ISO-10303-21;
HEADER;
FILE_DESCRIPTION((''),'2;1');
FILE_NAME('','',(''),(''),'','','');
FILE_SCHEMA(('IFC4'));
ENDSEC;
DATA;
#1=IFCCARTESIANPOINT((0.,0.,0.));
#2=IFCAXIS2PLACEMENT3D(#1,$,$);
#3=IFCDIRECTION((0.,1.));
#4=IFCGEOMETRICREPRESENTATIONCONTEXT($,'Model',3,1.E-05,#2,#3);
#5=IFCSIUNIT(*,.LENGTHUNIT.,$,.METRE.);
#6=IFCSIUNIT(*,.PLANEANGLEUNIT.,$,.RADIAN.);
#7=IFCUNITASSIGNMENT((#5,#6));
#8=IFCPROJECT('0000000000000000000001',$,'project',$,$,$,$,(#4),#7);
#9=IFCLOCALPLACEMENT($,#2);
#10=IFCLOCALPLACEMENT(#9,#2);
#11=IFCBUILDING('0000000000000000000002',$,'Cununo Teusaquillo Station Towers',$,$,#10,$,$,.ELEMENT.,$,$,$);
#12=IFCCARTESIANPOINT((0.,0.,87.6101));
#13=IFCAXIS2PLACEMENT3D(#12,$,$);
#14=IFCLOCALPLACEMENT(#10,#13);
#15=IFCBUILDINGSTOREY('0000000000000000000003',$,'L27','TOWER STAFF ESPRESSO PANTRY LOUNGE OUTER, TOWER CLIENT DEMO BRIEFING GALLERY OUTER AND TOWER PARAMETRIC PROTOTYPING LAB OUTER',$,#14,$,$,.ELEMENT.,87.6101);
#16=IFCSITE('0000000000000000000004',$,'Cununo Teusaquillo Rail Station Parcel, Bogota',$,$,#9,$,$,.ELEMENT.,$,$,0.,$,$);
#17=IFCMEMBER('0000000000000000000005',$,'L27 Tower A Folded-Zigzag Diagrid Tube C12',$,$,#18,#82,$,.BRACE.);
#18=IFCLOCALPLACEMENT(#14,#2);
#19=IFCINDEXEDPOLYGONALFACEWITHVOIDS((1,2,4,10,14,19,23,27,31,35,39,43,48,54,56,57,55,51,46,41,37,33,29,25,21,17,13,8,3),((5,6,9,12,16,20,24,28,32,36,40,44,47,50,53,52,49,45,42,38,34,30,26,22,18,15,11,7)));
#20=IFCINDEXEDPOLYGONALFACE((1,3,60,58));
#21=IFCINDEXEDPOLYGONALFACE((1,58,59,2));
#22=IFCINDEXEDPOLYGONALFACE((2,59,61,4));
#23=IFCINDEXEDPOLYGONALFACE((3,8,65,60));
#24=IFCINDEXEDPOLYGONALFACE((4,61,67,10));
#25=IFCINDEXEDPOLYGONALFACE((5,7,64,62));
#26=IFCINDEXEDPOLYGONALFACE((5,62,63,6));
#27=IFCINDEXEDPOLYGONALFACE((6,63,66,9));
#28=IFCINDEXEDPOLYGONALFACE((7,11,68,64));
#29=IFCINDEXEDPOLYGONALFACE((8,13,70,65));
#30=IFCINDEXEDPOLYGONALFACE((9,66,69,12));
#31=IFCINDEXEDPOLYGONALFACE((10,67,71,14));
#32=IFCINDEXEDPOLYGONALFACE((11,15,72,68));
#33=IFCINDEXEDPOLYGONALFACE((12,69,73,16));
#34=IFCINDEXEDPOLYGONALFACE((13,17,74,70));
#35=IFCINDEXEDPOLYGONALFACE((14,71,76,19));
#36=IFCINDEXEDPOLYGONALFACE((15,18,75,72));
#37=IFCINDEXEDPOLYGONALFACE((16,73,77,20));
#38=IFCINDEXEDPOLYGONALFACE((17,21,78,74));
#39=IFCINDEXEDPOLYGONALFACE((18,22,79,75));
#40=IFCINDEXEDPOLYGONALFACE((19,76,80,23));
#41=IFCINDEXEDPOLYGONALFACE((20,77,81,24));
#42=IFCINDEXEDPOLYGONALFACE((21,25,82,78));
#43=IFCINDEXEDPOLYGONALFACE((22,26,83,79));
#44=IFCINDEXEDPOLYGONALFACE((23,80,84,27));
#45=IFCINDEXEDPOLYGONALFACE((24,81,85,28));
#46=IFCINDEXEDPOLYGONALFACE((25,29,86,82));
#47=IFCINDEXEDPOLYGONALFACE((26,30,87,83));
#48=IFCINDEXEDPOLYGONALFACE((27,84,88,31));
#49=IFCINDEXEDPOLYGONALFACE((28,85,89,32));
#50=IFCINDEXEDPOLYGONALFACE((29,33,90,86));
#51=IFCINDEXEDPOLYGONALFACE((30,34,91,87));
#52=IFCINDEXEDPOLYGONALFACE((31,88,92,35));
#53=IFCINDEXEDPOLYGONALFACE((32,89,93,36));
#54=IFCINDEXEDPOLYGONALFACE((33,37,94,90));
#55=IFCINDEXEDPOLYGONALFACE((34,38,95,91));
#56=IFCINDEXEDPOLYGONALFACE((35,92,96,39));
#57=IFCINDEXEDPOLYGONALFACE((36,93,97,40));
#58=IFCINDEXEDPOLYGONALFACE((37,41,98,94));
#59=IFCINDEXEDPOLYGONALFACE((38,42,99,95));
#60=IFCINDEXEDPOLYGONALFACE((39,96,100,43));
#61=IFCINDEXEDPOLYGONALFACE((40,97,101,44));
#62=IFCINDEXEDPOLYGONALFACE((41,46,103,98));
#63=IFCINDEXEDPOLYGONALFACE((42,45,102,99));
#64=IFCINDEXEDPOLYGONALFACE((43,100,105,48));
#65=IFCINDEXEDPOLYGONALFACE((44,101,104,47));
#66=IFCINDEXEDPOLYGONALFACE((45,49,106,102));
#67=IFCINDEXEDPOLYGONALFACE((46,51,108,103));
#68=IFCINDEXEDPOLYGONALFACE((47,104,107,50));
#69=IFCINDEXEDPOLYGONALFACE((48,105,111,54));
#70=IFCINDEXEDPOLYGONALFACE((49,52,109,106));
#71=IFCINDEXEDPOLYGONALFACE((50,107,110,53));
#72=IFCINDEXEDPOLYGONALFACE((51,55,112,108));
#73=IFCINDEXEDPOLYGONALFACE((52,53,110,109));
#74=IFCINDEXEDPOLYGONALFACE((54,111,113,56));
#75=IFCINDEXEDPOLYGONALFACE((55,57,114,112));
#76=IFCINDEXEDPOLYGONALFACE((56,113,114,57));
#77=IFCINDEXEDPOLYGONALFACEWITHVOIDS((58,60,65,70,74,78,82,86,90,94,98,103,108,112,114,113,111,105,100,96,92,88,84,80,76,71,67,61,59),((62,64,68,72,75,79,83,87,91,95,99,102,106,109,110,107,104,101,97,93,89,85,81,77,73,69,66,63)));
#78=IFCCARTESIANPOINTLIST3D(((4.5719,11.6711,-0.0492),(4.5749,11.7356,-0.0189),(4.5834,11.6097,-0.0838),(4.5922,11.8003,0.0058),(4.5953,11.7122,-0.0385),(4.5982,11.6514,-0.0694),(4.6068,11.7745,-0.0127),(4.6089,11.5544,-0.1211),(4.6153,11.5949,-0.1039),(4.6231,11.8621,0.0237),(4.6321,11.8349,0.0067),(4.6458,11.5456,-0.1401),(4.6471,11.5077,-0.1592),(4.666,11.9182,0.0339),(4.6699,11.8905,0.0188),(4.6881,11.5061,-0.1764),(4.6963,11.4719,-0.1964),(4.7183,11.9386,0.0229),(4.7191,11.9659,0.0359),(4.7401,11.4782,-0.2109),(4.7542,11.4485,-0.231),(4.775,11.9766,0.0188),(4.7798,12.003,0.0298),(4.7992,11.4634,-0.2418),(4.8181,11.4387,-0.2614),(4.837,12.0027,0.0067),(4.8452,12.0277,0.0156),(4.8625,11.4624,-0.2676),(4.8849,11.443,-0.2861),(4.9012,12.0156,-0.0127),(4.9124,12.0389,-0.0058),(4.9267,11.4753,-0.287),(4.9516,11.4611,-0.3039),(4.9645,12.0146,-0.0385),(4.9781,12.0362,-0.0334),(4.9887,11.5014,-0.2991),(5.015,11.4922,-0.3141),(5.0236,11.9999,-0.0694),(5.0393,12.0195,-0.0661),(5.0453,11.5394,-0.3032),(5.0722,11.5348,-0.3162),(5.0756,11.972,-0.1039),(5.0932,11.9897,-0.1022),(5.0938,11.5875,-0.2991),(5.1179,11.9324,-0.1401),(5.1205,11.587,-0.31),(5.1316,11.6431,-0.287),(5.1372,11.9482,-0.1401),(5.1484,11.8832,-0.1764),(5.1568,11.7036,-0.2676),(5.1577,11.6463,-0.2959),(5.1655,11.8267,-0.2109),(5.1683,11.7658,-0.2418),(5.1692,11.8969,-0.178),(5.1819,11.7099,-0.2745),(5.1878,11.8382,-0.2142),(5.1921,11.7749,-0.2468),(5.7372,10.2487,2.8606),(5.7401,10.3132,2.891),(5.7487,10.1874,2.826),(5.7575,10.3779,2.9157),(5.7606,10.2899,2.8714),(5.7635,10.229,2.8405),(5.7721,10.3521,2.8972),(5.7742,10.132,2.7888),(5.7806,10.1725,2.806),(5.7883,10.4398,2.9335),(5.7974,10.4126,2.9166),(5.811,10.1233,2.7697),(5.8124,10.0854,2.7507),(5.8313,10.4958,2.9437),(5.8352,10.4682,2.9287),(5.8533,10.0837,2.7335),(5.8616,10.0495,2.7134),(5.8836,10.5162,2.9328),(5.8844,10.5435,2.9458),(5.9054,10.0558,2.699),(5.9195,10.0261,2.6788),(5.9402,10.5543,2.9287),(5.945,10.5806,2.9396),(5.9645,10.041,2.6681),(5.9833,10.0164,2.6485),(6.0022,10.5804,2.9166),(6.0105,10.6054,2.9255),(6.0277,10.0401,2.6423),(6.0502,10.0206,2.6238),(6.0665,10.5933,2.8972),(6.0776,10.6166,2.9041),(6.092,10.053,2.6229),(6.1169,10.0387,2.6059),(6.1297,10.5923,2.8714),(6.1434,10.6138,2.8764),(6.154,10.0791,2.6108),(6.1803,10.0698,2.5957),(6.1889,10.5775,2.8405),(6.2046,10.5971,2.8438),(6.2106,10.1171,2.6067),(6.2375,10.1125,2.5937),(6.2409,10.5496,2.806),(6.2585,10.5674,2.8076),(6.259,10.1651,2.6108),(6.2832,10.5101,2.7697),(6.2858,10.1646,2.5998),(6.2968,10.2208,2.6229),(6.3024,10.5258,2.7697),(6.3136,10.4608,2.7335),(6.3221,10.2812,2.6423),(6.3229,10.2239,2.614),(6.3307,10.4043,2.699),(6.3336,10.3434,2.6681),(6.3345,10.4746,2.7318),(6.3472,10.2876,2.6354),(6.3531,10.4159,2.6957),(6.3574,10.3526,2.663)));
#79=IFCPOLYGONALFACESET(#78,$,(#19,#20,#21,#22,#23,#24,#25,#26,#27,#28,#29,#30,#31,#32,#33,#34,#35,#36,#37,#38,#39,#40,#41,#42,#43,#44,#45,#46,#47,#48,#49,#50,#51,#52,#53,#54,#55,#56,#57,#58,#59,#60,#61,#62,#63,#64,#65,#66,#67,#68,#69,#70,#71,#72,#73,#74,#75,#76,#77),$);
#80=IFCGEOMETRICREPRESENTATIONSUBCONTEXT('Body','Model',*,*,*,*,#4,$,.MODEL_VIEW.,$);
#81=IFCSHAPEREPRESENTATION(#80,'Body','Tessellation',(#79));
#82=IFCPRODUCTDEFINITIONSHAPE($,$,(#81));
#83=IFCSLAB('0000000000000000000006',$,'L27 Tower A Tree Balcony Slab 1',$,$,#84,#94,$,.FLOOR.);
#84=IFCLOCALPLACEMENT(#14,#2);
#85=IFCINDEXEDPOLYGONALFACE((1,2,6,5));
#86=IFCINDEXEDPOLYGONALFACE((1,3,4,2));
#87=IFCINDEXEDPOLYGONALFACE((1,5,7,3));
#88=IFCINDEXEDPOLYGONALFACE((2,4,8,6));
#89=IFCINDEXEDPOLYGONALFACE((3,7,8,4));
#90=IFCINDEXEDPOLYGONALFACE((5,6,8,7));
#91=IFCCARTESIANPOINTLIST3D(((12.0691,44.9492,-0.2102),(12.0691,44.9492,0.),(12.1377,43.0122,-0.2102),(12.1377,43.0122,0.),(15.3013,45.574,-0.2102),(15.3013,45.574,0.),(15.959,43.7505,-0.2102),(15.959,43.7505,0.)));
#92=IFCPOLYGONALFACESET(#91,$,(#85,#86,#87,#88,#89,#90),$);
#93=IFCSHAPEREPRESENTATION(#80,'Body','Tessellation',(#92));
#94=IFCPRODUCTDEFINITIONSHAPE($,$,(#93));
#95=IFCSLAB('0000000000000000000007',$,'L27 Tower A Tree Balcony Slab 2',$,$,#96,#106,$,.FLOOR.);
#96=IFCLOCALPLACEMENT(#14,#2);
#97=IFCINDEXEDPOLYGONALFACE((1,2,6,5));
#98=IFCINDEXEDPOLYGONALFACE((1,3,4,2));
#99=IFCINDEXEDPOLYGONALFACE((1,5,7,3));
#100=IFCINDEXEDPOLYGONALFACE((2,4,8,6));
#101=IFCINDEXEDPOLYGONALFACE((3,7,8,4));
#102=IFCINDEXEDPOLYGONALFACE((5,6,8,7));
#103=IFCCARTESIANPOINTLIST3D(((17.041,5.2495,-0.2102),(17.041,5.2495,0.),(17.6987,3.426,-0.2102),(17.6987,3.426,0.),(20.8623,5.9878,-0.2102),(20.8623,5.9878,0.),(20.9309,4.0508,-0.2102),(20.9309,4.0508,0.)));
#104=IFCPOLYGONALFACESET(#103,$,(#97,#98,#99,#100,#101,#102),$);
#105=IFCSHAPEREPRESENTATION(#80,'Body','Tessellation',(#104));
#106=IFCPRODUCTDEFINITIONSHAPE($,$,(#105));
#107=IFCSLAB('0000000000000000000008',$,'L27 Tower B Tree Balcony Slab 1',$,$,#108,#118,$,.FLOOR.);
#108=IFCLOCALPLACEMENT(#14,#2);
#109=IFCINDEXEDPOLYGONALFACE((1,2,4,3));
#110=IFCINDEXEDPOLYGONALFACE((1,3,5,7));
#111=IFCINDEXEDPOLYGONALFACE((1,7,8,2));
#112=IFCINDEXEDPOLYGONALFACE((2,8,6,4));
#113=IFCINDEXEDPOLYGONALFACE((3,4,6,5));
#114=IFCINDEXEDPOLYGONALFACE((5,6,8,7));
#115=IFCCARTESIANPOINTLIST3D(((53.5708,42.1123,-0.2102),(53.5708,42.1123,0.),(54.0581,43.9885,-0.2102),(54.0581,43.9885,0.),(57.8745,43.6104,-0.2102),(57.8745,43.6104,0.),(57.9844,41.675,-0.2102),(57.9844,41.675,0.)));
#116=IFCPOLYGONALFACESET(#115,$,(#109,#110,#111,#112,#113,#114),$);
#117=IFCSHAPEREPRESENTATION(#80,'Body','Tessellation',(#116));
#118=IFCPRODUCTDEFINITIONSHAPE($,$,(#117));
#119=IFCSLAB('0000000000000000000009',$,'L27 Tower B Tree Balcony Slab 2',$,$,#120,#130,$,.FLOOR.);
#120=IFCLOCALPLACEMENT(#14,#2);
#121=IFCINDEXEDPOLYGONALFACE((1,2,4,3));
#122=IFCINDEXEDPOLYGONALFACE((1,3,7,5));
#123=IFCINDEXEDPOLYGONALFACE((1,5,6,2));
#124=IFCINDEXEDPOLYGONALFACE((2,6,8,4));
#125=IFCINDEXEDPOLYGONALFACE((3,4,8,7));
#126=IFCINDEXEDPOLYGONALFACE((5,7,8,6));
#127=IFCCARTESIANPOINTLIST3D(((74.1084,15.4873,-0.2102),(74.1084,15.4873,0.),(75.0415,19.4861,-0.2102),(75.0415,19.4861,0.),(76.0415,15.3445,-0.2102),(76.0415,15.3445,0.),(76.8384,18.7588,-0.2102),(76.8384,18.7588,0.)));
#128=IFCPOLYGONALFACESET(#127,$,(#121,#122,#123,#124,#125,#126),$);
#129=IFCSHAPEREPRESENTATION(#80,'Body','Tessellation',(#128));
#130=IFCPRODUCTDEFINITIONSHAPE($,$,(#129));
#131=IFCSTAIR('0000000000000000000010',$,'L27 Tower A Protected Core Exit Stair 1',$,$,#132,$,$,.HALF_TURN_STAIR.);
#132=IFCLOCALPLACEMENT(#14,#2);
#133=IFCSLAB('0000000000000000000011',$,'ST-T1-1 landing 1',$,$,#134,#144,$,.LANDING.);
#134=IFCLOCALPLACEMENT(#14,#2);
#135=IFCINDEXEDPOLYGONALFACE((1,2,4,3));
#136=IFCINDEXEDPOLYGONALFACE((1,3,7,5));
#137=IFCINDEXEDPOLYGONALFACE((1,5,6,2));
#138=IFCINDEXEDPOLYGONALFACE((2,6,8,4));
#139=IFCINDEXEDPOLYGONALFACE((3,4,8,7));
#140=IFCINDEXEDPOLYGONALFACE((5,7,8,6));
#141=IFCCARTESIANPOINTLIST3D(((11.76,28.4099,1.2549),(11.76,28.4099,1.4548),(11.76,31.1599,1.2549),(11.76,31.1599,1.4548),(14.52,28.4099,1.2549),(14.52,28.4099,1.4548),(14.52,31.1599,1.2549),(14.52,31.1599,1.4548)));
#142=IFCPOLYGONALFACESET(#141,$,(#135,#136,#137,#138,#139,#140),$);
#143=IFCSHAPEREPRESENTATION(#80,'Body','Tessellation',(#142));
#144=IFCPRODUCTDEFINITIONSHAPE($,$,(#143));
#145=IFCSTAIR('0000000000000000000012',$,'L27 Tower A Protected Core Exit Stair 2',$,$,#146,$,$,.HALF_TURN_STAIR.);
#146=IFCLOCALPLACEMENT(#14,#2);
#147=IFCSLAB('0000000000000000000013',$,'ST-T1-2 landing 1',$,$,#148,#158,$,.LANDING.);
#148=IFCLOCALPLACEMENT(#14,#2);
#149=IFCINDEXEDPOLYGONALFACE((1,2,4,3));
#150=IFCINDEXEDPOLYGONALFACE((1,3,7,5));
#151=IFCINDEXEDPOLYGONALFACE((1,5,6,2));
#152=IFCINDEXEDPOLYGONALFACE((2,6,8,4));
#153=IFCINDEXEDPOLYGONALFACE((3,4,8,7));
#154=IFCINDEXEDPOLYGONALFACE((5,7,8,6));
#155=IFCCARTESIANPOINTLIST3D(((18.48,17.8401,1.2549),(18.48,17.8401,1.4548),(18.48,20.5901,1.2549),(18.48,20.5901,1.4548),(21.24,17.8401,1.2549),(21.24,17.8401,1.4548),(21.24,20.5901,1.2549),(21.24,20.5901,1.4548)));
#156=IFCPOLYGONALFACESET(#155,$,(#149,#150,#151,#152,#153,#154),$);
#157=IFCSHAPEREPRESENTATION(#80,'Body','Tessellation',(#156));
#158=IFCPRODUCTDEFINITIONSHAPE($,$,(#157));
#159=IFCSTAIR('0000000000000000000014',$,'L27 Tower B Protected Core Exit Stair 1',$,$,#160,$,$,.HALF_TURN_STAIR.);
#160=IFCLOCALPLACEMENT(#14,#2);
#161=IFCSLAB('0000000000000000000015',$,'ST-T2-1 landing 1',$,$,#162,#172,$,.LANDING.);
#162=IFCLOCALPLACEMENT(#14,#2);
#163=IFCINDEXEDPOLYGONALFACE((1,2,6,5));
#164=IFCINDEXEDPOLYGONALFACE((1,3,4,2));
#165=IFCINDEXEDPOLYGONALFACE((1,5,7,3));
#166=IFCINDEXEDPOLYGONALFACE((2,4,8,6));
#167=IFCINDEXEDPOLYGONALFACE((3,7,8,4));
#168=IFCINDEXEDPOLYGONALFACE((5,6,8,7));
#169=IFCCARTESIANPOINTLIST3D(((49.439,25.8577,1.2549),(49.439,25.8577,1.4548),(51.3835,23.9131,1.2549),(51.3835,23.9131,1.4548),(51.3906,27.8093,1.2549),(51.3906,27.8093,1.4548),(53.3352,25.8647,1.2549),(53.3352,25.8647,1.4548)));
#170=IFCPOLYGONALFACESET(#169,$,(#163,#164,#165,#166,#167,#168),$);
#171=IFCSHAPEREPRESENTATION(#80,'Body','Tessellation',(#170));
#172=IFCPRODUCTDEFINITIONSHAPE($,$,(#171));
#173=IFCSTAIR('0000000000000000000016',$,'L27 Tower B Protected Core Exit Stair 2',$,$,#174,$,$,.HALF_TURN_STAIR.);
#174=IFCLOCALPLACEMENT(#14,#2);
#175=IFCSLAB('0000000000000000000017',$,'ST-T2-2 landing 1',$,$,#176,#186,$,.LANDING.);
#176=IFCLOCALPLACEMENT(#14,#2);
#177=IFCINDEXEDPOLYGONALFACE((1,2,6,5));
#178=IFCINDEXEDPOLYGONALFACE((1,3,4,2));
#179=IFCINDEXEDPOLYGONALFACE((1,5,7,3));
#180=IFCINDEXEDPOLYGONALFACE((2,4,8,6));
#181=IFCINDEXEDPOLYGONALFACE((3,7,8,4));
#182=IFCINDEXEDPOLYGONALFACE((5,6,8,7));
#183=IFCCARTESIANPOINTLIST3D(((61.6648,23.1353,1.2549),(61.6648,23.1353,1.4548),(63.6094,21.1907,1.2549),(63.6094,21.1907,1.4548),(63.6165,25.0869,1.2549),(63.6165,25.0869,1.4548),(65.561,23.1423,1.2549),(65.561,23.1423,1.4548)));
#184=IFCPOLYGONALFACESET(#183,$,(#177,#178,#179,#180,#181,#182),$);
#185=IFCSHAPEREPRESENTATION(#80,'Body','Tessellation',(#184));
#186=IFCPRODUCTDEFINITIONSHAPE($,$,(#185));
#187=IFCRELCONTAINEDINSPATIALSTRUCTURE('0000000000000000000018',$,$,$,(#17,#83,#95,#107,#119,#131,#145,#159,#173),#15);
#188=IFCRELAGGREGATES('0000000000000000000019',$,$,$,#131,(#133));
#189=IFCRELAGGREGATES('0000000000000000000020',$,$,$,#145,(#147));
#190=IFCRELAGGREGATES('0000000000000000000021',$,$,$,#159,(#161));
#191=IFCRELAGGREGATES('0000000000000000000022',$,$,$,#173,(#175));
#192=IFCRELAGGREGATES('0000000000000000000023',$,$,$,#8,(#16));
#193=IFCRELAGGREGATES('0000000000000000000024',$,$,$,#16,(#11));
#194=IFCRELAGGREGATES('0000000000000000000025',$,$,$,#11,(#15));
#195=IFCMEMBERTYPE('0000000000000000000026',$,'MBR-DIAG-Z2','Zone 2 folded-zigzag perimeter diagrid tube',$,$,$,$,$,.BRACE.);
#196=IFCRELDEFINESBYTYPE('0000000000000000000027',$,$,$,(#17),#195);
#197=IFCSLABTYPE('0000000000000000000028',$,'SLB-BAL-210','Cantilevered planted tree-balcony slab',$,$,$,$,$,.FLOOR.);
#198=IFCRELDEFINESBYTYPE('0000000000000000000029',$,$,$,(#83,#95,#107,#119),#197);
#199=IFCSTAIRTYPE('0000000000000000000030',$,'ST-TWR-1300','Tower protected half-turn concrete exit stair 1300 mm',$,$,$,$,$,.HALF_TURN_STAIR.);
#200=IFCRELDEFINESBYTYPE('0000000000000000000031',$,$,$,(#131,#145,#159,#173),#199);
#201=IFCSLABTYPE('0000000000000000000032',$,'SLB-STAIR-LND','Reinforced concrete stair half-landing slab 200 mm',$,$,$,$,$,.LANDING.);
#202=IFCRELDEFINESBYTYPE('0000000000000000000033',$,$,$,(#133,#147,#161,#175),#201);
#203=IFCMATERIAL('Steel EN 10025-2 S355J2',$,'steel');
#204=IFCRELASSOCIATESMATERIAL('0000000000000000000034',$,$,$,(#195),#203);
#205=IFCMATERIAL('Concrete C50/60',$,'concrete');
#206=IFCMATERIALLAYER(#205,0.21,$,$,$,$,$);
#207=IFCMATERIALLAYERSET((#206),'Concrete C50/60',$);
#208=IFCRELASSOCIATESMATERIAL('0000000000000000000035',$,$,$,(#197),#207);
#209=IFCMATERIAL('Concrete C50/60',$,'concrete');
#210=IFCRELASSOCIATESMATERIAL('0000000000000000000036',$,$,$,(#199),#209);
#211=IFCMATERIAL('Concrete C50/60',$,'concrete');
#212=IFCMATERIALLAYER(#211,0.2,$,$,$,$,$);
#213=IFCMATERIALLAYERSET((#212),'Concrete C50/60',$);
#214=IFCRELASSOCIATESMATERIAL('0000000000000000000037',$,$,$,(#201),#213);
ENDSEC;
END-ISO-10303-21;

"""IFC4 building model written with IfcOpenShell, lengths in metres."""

from ifc_helpers import new_model, si_unit, direction, frame, origin, origin_2d, place, context, subcontext, project, spatial, polyline, hollow_circle, outline, extrude, material, layer, layer_set, material_profile, profile_set, type_object, element, aggregate, save


model = new_model("IFC4")

# Units and contexts
model_context = context("Model", 3, precision=1e-05, world=origin(), true_north=direction((0.0, 1.0)))
body_context = subcontext(model_context, "Body", "Model", "MODEL_VIEW")
ifc_project = project(units=[si_unit("LENGTHUNIT", "METRE"), si_unit("PLANEANGLEUNIT", "RADIAN")], contexts=[model_context])

# Site, building, storey
site_placement = place(None, origin())
site = spatial("IfcSite", under=ifc_project, at=site_placement, Name="Cununo Teusaquillo Rail Station Parcel, Bogota", CompositionType="ELEMENT", RefElevation=0.0)
building_placement = place(site_placement, origin())
building = spatial("IfcBuilding", under=site, at=building_placement, Name="Cununo Teusaquillo Station Towers", CompositionType="ELEMENT")
storey_placement = place(building_placement, frame((0.0, 0.0, 87.6101)))
storey = spatial("IfcBuildingStorey", under=building, at=storey_placement, Name="L27", Description="TOWER STAFF ESPRESSO PANTRY LOUNGE OUTER, TOWER CLIENT DEMO BRIEFING GALLERY OUTER AND TOWER PARAMETRIC PROTOTYPING LAB OUTER", CompositionType="ELEMENT", Elevation=87.6101)

# Member
ifc_material_1 = material(Name="Steel EN 10025-2 S355J2", Category="steel")
ifc_material_profile_1 = material_profile(ifc_material_1, hollow_circle(Radius=0.3301, WallThickness=0.0249, at=origin_2d()), Name="CHS 660x25")
ifc_profile_set_1 = profile_set([ifc_material_profile_1], Name="Steel EN 10025-2 S355J2")
member_type = type_object("IfcMemberType", Name="MBR-DIAG-Z2", Description="Zone 2 folded-zigzag perimeter diagrid tube", PredefinedType="BRACE", material=ifc_profile_set_1)
member_placement = place(storey_placement, frame((4.8818, 11.739, -0.1401), z_axis=(0.338531, -0.413216, 0.845369), x_axis=(0.773549, 0.633737, 0.0)))
element("IfcMember", 1, at=member_placement, inside=storey, type_object=member_type, Name="L27 Tower A Folded-Zigzag Diagrid Tube C12", PredefinedType="BRACE", context=body_context, shape_type="SweptSolid", body=[
    extrude(hollow_circle(Radius=0.3301, WallThickness=0.0249, at=origin_2d()), origin(), (0.0, 0.0, 1.0), 3.4421),
])

# Slabs
ifc_material_2 = material(Name="Concrete C50/60", Category="concrete")
ifc_layer_1 = layer(ifc_material_2, 0.21)
ifc_layer_set_1 = layer_set([ifc_layer_1], Name="Concrete C50/60")
slab_type_1 = type_object("IfcSlabType", Name="SLB-BAL-210", Description="Cantilevered planted tree-balcony slab", PredefinedType="FLOOR", material=ifc_layer_set_1)
slab_1_placement = place(storey_placement, frame((0.0, 0.0, -0.2102)))
element("IfcSlab", 2, at=slab_1_placement, inside=storey, type_object=slab_type_1, Name="L27 Tower A Tree Balcony Slab 1", PredefinedType="FLOOR", context=body_context, shape_type="SweptSolid", body=[
    extrude(outline(polyline([(15.959, 43.7505), (12.1377, 43.0122), (12.0691, 44.9492), (15.3013, 45.574), (15.959, 43.7505)])), origin(), (0.0, 0.0, 1.0), 0.2102),
])
slab_2_placement = place(storey_placement, frame((0.0, 0.0, -0.2102)))
element("IfcSlab", 3, at=slab_2_placement, inside=storey, type_object=slab_type_1, Name="L27 Tower A Tree Balcony Slab 2", PredefinedType="FLOOR", context=body_context, shape_type="SweptSolid", body=[
    extrude(outline(polyline([(17.041, 5.2495), (20.8623, 5.9878), (20.9309, 4.0508), (17.6987, 3.426), (17.041, 5.2495)])), origin(), (0.0, 0.0, 1.0), 0.2102),
])
slab_3_placement = place(storey_placement, frame((0.0, 0.0, -0.2102)))
element("IfcSlab", 4, at=slab_3_placement, inside=storey, type_object=slab_type_1, Name="L27 Tower B Tree Balcony Slab 1", PredefinedType="FLOOR", context=body_context, shape_type="SweptSolid", body=[
    extrude(outline(polyline([(57.9844, 41.675), (53.5708, 42.1123), (54.0581, 43.9885), (57.8745, 43.6104), (57.9844, 41.675)])), origin(), (0.0, 0.0, 1.0), 0.2102),
])
slab_4_placement = place(storey_placement, frame((0.0, 0.0, -0.2102)))
element("IfcSlab", 5, at=slab_4_placement, inside=storey, type_object=slab_type_1, Name="L27 Tower B Tree Balcony Slab 2", PredefinedType="FLOOR", context=body_context, shape_type="SweptSolid", body=[
    extrude(outline(polyline([(74.1084, 15.4873), (75.0415, 19.4861), (76.8384, 18.7588), (76.0415, 15.3445), (74.1084, 15.4873)])), origin(), (0.0, 0.0, 1.0), 0.2102),
])

# Stairs, slabs
ifc_material_3 = material(Name="Concrete C50/60", Category="concrete")
stair_type = type_object("IfcStairType", Name="ST-TWR-1300", Description="Tower protected half-turn concrete exit stair 1300 mm", PredefinedType="HALF_TURN_STAIR", material=ifc_material_3)
stair_1_placement = place(storey_placement, origin())
stair_1 = element("IfcStair", 6, at=stair_1_placement, inside=storey, type_object=stair_type, Name="L27 Tower A Protected Core Exit Stair 1", PredefinedType="HALF_TURN_STAIR")
ifc_material_4 = material(Name="Concrete C50/60", Category="concrete")
ifc_layer_2 = layer(ifc_material_4, 0.2)
ifc_layer_set_2 = layer_set([ifc_layer_2], Name="Concrete C50/60")
slab_type_2 = type_object("IfcSlabType", Name="SLB-STAIR-LND", Description="Reinforced concrete stair half-landing slab 200 mm", PredefinedType="LANDING", material=ifc_layer_set_2)
slab_5_placement = place(storey_placement, frame((0.0, 0.0, 1.2549)))
slab_5 = element("IfcSlab", 7, at=slab_5_placement, type_object=slab_type_2, Name="ST-T1-1 landing 1", PredefinedType="LANDING", context=body_context, shape_type="SweptSolid", body=[
    extrude(outline(polyline([(14.52, 28.4099), (14.52, 31.1599), (11.76, 31.1599), (11.76, 28.4099), (14.52, 28.4099)])), origin(), (0.0, 0.0, 1.0), 0.2),
])
aggregate(stair_1, [slab_5])
stair_2_placement = place(storey_placement, origin())
stair_2 = element("IfcStair", 8, at=stair_2_placement, inside=storey, type_object=stair_type, Name="L27 Tower A Protected Core Exit Stair 2", PredefinedType="HALF_TURN_STAIR")
slab_6_placement = place(storey_placement, frame((0.0, 0.0, 1.2549)))
slab_6 = element("IfcSlab", 9, at=slab_6_placement, type_object=slab_type_2, Name="ST-T1-2 landing 1", PredefinedType="LANDING", context=body_context, shape_type="SweptSolid", body=[
    extrude(outline(polyline([(18.48, 20.5901), (18.48, 17.8401), (21.24, 17.8401), (21.24, 20.5901), (18.48, 20.5901)])), origin(), (0.0, 0.0, 1.0), 0.2),
])
aggregate(stair_2, [slab_6])
stair_3_placement = place(storey_placement, origin())
stair_3 = element("IfcStair", 10, at=stair_3_placement, inside=storey, type_object=stair_type, Name="L27 Tower B Protected Core Exit Stair 1", PredefinedType="HALF_TURN_STAIR")
slab_7_placement = place(storey_placement, frame((0.0, 0.0, 1.2549)))
slab_7 = element("IfcSlab", 11, at=slab_7_placement, type_object=slab_type_2, Name="ST-T2-1 landing 1", PredefinedType="LANDING", context=body_context, shape_type="SweptSolid", body=[
    extrude(outline(polyline([(53.3352, 25.8647), (51.3906, 27.8093), (49.439, 25.8577), (51.3835, 23.9131), (53.3352, 25.8647)])), origin(), (0.0, 0.0, 1.0), 0.2),
])
aggregate(stair_3, [slab_7])
stair_4_placement = place(storey_placement, origin())
stair_4 = element("IfcStair", 12, at=stair_4_placement, inside=storey, type_object=stair_type, Name="L27 Tower B Protected Core Exit Stair 2", PredefinedType="HALF_TURN_STAIR")
slab_8_placement = place(storey_placement, frame((0.0, 0.0, 1.2549)))
slab_8 = element("IfcSlab", 13, at=slab_8_placement, type_object=slab_type_2, Name="ST-T2-2 landing 1", PredefinedType="LANDING", context=body_context, shape_type="SweptSolid", body=[
    extrude(outline(polyline([(61.6648, 23.1353), (63.6094, 21.1907), (65.561, 23.1423), (63.6165, 25.0869), (61.6648, 23.1353)])), origin(), (0.0, 0.0, 1.0), 0.2),
])
aggregate(stair_4, [slab_8])

save(model, "model.ifc")
